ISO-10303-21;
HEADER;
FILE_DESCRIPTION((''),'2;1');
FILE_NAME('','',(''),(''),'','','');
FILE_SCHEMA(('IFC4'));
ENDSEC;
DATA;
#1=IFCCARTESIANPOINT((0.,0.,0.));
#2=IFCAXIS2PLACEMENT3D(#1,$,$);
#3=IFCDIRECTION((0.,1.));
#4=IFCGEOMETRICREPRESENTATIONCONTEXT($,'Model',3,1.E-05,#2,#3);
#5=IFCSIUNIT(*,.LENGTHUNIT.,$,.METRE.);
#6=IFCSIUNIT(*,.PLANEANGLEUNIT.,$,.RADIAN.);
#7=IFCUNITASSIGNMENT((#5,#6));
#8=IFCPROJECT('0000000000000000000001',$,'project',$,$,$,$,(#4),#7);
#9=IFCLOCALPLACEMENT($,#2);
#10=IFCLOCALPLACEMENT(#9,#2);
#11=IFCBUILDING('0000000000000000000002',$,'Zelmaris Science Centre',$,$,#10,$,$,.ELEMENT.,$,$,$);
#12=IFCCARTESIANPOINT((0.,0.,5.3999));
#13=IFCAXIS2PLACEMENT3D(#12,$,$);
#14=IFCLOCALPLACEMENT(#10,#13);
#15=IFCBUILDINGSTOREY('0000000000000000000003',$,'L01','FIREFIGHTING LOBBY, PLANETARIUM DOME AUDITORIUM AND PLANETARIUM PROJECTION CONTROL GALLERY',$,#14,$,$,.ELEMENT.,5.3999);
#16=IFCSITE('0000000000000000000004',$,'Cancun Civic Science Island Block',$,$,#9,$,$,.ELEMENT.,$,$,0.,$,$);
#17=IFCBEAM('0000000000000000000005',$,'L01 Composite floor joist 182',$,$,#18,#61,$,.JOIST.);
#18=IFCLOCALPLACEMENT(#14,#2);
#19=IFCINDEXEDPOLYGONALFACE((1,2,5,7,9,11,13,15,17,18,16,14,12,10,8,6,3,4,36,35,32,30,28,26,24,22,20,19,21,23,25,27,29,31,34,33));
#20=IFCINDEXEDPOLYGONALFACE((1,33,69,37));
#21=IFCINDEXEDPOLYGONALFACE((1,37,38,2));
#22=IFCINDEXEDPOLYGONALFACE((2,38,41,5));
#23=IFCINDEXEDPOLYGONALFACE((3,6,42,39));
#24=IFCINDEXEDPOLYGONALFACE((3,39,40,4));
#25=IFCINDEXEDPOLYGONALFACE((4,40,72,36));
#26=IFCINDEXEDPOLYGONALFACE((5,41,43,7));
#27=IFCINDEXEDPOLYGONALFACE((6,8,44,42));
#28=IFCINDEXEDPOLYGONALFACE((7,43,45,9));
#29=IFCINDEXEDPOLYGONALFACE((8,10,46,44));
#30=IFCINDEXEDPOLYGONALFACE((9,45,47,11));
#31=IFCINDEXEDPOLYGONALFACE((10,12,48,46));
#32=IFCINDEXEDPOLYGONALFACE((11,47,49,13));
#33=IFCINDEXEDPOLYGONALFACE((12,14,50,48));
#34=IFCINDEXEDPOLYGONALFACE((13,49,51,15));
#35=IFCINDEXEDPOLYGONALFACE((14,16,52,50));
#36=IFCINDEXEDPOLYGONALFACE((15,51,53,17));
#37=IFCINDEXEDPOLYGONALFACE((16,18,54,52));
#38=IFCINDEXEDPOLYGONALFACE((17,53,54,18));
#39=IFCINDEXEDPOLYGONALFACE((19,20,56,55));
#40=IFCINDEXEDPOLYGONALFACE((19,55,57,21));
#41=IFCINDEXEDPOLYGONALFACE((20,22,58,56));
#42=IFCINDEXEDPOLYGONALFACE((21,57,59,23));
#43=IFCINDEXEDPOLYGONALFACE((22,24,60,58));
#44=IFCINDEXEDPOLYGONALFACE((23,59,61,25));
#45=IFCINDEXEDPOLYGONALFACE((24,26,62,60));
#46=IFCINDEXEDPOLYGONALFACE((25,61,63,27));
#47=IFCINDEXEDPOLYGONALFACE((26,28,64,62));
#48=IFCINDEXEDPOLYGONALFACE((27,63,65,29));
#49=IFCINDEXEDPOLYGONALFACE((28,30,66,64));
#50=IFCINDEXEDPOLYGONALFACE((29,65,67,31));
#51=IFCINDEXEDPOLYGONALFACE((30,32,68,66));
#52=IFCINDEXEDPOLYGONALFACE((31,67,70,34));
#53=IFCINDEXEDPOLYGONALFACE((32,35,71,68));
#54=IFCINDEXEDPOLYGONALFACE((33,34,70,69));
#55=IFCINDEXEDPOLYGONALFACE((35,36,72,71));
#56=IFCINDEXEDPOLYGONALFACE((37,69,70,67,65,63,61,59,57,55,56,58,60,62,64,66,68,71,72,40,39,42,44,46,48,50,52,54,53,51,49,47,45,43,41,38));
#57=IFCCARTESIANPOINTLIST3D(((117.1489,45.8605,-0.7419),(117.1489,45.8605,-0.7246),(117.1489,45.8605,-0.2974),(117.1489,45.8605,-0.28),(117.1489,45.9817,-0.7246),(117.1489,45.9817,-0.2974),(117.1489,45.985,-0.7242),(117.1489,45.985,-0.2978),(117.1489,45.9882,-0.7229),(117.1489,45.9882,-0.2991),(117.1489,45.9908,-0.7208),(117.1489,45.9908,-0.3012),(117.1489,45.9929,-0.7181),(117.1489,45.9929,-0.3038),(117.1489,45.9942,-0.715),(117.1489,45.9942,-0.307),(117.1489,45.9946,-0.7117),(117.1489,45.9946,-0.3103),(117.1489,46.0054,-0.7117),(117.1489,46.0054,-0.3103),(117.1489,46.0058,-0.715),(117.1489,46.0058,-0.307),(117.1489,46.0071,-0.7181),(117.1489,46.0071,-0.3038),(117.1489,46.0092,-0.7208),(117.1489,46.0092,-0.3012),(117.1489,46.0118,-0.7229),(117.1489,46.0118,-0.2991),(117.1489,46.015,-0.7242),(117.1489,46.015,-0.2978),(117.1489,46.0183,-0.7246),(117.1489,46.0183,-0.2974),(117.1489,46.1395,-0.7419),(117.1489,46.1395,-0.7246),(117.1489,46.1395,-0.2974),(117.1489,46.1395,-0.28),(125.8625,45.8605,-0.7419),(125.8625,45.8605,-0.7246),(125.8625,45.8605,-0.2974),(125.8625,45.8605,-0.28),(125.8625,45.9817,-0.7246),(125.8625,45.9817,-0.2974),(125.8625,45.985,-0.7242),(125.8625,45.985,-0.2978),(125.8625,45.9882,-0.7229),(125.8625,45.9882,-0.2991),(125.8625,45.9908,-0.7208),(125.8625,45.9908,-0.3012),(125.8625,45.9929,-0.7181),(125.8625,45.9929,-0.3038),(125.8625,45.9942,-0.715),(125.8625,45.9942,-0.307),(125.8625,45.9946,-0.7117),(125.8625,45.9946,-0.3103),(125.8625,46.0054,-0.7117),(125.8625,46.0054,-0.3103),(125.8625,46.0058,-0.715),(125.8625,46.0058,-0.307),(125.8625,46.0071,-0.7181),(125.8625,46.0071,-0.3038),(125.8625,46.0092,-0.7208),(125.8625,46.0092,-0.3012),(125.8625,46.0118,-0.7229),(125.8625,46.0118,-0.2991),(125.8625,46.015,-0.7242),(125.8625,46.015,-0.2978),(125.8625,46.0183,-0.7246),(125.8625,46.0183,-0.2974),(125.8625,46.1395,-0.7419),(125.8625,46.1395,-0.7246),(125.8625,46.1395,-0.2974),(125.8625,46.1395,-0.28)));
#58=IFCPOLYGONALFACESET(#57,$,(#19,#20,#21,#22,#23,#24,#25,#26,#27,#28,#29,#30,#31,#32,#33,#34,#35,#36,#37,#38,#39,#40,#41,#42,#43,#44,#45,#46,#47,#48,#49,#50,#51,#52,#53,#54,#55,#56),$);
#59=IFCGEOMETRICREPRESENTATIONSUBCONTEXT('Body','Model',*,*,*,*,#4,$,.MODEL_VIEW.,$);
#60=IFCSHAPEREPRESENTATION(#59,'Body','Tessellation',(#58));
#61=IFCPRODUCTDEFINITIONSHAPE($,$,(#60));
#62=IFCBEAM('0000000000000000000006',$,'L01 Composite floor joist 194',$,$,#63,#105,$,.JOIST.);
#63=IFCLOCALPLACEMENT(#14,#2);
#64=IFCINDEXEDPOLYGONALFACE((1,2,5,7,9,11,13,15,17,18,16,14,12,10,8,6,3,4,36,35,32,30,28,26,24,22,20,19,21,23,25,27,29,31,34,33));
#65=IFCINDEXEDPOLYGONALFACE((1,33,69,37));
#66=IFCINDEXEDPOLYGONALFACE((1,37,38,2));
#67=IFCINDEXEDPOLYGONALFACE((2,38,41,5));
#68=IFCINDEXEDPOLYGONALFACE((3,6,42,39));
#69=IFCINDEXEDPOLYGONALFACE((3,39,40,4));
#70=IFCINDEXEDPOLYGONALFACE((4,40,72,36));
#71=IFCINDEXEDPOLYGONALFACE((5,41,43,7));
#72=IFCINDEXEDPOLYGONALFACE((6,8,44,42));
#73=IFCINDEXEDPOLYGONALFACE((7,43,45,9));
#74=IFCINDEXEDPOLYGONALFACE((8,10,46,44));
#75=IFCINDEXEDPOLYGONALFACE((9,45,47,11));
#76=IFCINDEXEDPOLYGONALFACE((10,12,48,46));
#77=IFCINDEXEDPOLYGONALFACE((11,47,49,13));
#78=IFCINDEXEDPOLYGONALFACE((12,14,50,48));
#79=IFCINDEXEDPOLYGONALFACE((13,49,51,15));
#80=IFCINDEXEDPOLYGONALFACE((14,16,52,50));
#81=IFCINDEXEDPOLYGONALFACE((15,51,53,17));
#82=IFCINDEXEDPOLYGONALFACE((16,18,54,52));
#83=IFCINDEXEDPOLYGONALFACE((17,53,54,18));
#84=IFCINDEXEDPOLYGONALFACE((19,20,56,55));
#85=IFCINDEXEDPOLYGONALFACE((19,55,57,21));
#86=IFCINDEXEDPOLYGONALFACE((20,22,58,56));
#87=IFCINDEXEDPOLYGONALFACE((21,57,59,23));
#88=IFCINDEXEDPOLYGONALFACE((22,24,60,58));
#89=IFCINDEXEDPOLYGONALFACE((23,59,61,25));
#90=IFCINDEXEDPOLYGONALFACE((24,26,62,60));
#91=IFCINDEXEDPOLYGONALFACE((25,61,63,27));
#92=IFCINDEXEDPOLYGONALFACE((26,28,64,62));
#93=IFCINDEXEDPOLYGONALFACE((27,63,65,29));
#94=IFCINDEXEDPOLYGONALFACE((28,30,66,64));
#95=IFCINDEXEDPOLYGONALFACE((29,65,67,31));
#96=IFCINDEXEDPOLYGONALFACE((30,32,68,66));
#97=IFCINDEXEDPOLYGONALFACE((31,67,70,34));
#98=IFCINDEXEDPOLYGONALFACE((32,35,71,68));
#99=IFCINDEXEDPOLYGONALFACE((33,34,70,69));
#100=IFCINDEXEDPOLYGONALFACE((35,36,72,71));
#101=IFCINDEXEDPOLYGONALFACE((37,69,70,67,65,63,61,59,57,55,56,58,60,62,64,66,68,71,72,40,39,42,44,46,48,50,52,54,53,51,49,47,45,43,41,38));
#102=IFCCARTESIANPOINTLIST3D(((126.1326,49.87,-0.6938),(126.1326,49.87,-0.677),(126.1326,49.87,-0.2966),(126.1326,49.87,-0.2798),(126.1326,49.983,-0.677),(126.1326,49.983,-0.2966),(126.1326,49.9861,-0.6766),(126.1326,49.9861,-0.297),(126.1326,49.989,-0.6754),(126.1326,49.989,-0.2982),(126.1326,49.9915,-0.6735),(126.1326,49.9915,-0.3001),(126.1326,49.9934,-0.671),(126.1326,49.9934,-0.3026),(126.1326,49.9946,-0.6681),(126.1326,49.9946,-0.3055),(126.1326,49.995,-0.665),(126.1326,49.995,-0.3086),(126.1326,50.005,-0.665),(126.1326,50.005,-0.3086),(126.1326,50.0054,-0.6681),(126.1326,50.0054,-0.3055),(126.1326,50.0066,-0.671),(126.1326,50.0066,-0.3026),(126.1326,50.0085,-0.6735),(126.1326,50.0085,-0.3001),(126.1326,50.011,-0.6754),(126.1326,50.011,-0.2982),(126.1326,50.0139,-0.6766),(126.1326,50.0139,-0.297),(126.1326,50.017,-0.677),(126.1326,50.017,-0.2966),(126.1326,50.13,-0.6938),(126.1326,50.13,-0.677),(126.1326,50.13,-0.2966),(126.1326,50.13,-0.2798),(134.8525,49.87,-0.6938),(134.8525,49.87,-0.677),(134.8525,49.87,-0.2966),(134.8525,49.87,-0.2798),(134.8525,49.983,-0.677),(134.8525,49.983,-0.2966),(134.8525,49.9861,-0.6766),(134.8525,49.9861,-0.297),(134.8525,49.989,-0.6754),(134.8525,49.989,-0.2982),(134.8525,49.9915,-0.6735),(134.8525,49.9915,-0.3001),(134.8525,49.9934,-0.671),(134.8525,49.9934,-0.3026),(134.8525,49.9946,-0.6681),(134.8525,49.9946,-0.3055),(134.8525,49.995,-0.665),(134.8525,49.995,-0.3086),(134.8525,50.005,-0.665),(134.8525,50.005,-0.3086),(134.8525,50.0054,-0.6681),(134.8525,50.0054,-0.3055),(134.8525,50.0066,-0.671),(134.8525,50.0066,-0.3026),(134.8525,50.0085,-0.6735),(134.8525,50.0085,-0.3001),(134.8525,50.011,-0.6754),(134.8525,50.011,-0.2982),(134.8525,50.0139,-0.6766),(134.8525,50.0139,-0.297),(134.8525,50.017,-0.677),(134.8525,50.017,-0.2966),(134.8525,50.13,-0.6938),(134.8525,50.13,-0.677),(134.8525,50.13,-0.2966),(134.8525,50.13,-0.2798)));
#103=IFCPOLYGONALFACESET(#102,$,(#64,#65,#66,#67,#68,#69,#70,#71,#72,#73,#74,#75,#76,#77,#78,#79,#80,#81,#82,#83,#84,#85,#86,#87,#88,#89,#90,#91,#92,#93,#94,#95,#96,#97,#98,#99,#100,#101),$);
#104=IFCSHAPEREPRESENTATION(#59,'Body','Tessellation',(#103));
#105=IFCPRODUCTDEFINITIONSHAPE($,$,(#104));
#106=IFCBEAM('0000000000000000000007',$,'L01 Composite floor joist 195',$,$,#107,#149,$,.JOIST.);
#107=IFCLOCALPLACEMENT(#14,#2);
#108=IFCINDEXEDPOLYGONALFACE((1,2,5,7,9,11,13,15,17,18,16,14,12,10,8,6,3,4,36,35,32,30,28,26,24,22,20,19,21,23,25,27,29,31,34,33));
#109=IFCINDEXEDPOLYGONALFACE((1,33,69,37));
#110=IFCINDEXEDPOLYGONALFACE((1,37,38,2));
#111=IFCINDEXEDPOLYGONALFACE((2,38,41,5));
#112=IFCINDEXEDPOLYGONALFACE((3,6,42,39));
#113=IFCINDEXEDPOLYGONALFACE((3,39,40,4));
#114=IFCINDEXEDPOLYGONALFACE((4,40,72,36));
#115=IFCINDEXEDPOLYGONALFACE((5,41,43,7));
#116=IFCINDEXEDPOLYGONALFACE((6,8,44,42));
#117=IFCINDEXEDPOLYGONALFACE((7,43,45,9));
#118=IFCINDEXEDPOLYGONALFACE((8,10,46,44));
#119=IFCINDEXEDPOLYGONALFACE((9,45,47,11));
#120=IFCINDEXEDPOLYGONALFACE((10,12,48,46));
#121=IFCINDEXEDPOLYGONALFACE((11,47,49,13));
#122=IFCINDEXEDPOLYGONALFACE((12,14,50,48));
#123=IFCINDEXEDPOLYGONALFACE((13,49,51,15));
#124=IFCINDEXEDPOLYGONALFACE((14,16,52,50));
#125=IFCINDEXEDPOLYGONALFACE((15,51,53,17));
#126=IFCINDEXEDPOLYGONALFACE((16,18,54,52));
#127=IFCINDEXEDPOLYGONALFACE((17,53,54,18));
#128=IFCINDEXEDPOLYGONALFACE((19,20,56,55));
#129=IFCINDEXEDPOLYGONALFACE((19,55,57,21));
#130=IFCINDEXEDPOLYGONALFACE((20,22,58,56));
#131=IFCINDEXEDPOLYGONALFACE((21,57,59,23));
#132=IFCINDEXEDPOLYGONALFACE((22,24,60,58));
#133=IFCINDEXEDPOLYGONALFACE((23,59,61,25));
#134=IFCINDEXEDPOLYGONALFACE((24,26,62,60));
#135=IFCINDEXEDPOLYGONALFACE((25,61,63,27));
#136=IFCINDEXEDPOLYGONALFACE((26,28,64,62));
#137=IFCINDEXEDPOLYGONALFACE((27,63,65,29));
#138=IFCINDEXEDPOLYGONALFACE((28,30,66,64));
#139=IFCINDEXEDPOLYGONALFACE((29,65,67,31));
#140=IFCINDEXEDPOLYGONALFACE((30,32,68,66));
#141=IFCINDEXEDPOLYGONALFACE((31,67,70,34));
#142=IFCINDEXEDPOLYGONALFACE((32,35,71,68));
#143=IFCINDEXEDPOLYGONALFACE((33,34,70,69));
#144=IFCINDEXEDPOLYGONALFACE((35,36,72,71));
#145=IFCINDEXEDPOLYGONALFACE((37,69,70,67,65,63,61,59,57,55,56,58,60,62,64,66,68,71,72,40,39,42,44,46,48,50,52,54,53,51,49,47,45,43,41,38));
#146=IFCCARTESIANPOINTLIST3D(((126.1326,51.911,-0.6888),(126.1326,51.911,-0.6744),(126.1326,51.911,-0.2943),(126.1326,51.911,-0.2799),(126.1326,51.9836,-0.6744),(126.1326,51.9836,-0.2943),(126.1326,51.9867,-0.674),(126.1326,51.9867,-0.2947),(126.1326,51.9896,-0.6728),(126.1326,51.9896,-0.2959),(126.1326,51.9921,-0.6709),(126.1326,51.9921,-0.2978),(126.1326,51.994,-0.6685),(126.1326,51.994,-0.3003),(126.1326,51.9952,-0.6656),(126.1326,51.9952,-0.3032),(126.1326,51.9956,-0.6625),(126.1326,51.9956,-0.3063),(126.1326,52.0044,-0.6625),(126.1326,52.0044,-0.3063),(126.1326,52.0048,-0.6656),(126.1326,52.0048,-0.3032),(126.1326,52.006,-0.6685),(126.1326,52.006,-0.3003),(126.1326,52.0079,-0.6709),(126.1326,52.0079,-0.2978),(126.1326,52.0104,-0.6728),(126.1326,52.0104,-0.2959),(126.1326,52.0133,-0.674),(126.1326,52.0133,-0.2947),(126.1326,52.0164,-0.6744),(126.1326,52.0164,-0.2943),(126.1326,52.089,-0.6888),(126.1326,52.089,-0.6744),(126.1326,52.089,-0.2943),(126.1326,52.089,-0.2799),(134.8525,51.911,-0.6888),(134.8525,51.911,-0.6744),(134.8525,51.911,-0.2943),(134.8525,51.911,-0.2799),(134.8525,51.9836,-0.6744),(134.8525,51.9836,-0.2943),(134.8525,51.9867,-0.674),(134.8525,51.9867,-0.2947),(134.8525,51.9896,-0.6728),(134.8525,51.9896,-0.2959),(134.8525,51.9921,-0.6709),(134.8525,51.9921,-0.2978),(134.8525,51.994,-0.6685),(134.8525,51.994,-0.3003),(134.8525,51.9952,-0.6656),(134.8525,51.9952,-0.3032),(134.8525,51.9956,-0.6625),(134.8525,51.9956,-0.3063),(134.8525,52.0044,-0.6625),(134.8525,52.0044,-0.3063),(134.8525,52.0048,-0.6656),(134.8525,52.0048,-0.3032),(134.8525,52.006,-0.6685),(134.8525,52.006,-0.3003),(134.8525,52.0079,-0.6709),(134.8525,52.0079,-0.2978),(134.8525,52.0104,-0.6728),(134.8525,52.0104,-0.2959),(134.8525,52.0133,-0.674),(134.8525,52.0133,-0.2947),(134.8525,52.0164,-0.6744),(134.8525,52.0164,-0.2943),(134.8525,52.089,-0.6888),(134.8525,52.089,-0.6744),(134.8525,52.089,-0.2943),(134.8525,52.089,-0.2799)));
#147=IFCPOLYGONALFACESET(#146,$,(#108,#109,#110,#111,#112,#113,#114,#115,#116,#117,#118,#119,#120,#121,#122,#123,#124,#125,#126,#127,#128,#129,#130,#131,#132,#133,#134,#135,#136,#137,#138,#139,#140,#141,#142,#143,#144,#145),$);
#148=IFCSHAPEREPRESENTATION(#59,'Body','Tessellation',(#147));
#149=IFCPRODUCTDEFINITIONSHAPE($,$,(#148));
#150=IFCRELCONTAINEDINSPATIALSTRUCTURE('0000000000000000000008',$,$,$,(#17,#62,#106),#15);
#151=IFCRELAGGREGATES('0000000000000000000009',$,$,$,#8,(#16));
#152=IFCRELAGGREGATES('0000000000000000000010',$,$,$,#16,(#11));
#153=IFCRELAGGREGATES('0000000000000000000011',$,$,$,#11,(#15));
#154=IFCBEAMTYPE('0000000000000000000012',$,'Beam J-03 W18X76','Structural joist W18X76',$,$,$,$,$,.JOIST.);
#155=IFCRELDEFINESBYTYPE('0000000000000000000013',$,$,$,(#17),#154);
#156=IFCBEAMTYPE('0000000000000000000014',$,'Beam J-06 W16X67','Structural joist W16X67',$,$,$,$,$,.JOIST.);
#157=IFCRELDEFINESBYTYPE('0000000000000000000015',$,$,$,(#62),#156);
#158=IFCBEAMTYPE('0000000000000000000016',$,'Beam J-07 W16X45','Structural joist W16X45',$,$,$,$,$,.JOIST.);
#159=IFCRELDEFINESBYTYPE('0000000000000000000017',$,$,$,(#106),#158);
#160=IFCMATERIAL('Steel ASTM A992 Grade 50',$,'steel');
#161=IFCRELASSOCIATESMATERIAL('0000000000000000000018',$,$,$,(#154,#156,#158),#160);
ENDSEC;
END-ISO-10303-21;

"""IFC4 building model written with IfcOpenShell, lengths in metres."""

from ifc_helpers import new_model, si_unit, direction, frame, origin, origin_2d, place, context, subcontext, project, spatial, i_section, extrude, material, material_profile, profile_set, type_object, element, save


model = new_model("IFC4")

# Units and contexts
model_context = context("Model", 3, precision=1e-05, world=origin(), true_north=direction((0.0, 1.0)))
body_context = subcontext(model_context, "Body", "Model", "MODEL_VIEW")
ifc_project = project(units=[si_unit("LENGTHUNIT", "METRE"), si_unit("PLANEANGLEUNIT", "RADIAN")], contexts=[model_context])

# Site, building, storey
site_placement = place(None, origin())
site = spatial("IfcSite", under=ifc_project, at=site_placement, Name="Cancun Civic Science Island Block", CompositionType="ELEMENT", RefElevation=0.0)
building_placement = place(site_placement, origin())
building = spatial("IfcBuilding", under=site, at=building_placement, Name="Zelmaris Science Centre", CompositionType="ELEMENT")
storey_placement = place(building_placement, frame((0.0, 0.0, 5.3999)))
storey = spatial("IfcBuildingStorey", under=building, at=storey_placement, Name="L01", Description="FIREFIGHTING LOBBY, PLANETARIUM DOME AUDITORIUM AND PLANETARIUM PROJECTION CONTROL GALLERY", CompositionType="ELEMENT", Elevation=5.3999)

# Shared definitions
ifc_material_1 = material(Name="Steel ASTM A992 Grade 50", Category="steel")

# Beams
ifc_material_profile_1 = material_profile(ifc_material_1, i_section(OverallWidth=0.2791, OverallDepth=0.4619, WebThickness=0.0107, FlangeThickness=0.0173, FilletRadius=0.0129, at=origin_2d()), Name="W18X76")
ifc_profile_set_1 = profile_set([ifc_material_profile_1], Name="Steel ASTM A992 Grade 50")
beam_type_1 = type_object("IfcBeamType", Name="Beam J-03 W18X76", Description="Structural joist W18X76", PredefinedType="JOIST", material=ifc_profile_set_1)
beam_1_placement = place(storey_placement, frame((117.1489, 46.0, -0.511), z_axis=(1.0, 0.0, 0.0), x_axis=(0.0, 1.0, 0.0)))
element("IfcBeam", 1, at=beam_1_placement, inside=storey, type_object=beam_type_1, Name="L01 Composite floor joist 182", PredefinedType="JOIST", context=body_context, shape_type="SweptSolid", body=[
    extrude(i_section(OverallWidth=0.2791, OverallDepth=0.4619, WebThickness=0.0107, FlangeThickness=0.0173, FilletRadius=0.0129, at=origin_2d()), origin(), (0.0, 0.0, 1.0), 8.7136),
])
ifc_material_profile_2 = material_profile(ifc_material_1, i_section(OverallWidth=0.26, OverallDepth=0.4141, WebThickness=0.01, FlangeThickness=0.0168, FilletRadius=0.012, at=origin_2d()), Name="W16X67")
ifc_profile_set_2 = profile_set([ifc_material_profile_2], Name="Steel ASTM A992 Grade 50")
beam_type_2 = type_object("IfcBeamType", Name="Beam J-06 W16X67", Description="Structural joist W16X67", PredefinedType="JOIST", material=ifc_profile_set_2)
beam_2_placement = place(storey_placement, frame((126.1326, 50.0, -0.4868), z_axis=(1.0, 0.0, 0.0), x_axis=(0.0, 1.0, 0.0)))
element("IfcBeam", 2, at=beam_2_placement, inside=storey, type_object=beam_type_2, Name="L01 Composite floor joist 194", PredefinedType="JOIST", context=body_context, shape_type="SweptSolid", body=[
    extrude(i_section(OverallWidth=0.26, OverallDepth=0.4141, WebThickness=0.01, FlangeThickness=0.0168, FilletRadius=0.012, at=origin_2d()), origin(), (0.0, 0.0, 1.0), 8.72),
])
ifc_material_profile_3 = material_profile(ifc_material_1, i_section(OverallWidth=0.178, OverallDepth=0.4089, WebThickness=0.0088, FlangeThickness=0.0144, FilletRadius=0.012, at=origin_2d()), Name="W16X45")
ifc_profile_set_3 = profile_set([ifc_material_profile_3], Name="Steel ASTM A992 Grade 50")
beam_type_3 = type_object("IfcBeamType", Name="Beam J-07 W16X45", Description="Structural joist W16X45", PredefinedType="JOIST", material=ifc_profile_set_3)
beam_3_placement = place(storey_placement, frame((126.1326, 52.0, -0.4844), z_axis=(1.0, 0.0, 0.0), x_axis=(0.0, 1.0, 0.0)))
element("IfcBeam", 3, at=beam_3_placement, inside=storey, type_object=beam_type_3, Name="L01 Composite floor joist 195", PredefinedType="JOIST", context=body_context, shape_type="SweptSolid", body=[
    extrude(i_section(OverallWidth=0.178, OverallDepth=0.4089, WebThickness=0.0088, FlangeThickness=0.0144, FilletRadius=0.012, at=origin_2d()), origin(), (0.0, 0.0, 1.0), 8.72),
])

save(model, "model.ifc")
